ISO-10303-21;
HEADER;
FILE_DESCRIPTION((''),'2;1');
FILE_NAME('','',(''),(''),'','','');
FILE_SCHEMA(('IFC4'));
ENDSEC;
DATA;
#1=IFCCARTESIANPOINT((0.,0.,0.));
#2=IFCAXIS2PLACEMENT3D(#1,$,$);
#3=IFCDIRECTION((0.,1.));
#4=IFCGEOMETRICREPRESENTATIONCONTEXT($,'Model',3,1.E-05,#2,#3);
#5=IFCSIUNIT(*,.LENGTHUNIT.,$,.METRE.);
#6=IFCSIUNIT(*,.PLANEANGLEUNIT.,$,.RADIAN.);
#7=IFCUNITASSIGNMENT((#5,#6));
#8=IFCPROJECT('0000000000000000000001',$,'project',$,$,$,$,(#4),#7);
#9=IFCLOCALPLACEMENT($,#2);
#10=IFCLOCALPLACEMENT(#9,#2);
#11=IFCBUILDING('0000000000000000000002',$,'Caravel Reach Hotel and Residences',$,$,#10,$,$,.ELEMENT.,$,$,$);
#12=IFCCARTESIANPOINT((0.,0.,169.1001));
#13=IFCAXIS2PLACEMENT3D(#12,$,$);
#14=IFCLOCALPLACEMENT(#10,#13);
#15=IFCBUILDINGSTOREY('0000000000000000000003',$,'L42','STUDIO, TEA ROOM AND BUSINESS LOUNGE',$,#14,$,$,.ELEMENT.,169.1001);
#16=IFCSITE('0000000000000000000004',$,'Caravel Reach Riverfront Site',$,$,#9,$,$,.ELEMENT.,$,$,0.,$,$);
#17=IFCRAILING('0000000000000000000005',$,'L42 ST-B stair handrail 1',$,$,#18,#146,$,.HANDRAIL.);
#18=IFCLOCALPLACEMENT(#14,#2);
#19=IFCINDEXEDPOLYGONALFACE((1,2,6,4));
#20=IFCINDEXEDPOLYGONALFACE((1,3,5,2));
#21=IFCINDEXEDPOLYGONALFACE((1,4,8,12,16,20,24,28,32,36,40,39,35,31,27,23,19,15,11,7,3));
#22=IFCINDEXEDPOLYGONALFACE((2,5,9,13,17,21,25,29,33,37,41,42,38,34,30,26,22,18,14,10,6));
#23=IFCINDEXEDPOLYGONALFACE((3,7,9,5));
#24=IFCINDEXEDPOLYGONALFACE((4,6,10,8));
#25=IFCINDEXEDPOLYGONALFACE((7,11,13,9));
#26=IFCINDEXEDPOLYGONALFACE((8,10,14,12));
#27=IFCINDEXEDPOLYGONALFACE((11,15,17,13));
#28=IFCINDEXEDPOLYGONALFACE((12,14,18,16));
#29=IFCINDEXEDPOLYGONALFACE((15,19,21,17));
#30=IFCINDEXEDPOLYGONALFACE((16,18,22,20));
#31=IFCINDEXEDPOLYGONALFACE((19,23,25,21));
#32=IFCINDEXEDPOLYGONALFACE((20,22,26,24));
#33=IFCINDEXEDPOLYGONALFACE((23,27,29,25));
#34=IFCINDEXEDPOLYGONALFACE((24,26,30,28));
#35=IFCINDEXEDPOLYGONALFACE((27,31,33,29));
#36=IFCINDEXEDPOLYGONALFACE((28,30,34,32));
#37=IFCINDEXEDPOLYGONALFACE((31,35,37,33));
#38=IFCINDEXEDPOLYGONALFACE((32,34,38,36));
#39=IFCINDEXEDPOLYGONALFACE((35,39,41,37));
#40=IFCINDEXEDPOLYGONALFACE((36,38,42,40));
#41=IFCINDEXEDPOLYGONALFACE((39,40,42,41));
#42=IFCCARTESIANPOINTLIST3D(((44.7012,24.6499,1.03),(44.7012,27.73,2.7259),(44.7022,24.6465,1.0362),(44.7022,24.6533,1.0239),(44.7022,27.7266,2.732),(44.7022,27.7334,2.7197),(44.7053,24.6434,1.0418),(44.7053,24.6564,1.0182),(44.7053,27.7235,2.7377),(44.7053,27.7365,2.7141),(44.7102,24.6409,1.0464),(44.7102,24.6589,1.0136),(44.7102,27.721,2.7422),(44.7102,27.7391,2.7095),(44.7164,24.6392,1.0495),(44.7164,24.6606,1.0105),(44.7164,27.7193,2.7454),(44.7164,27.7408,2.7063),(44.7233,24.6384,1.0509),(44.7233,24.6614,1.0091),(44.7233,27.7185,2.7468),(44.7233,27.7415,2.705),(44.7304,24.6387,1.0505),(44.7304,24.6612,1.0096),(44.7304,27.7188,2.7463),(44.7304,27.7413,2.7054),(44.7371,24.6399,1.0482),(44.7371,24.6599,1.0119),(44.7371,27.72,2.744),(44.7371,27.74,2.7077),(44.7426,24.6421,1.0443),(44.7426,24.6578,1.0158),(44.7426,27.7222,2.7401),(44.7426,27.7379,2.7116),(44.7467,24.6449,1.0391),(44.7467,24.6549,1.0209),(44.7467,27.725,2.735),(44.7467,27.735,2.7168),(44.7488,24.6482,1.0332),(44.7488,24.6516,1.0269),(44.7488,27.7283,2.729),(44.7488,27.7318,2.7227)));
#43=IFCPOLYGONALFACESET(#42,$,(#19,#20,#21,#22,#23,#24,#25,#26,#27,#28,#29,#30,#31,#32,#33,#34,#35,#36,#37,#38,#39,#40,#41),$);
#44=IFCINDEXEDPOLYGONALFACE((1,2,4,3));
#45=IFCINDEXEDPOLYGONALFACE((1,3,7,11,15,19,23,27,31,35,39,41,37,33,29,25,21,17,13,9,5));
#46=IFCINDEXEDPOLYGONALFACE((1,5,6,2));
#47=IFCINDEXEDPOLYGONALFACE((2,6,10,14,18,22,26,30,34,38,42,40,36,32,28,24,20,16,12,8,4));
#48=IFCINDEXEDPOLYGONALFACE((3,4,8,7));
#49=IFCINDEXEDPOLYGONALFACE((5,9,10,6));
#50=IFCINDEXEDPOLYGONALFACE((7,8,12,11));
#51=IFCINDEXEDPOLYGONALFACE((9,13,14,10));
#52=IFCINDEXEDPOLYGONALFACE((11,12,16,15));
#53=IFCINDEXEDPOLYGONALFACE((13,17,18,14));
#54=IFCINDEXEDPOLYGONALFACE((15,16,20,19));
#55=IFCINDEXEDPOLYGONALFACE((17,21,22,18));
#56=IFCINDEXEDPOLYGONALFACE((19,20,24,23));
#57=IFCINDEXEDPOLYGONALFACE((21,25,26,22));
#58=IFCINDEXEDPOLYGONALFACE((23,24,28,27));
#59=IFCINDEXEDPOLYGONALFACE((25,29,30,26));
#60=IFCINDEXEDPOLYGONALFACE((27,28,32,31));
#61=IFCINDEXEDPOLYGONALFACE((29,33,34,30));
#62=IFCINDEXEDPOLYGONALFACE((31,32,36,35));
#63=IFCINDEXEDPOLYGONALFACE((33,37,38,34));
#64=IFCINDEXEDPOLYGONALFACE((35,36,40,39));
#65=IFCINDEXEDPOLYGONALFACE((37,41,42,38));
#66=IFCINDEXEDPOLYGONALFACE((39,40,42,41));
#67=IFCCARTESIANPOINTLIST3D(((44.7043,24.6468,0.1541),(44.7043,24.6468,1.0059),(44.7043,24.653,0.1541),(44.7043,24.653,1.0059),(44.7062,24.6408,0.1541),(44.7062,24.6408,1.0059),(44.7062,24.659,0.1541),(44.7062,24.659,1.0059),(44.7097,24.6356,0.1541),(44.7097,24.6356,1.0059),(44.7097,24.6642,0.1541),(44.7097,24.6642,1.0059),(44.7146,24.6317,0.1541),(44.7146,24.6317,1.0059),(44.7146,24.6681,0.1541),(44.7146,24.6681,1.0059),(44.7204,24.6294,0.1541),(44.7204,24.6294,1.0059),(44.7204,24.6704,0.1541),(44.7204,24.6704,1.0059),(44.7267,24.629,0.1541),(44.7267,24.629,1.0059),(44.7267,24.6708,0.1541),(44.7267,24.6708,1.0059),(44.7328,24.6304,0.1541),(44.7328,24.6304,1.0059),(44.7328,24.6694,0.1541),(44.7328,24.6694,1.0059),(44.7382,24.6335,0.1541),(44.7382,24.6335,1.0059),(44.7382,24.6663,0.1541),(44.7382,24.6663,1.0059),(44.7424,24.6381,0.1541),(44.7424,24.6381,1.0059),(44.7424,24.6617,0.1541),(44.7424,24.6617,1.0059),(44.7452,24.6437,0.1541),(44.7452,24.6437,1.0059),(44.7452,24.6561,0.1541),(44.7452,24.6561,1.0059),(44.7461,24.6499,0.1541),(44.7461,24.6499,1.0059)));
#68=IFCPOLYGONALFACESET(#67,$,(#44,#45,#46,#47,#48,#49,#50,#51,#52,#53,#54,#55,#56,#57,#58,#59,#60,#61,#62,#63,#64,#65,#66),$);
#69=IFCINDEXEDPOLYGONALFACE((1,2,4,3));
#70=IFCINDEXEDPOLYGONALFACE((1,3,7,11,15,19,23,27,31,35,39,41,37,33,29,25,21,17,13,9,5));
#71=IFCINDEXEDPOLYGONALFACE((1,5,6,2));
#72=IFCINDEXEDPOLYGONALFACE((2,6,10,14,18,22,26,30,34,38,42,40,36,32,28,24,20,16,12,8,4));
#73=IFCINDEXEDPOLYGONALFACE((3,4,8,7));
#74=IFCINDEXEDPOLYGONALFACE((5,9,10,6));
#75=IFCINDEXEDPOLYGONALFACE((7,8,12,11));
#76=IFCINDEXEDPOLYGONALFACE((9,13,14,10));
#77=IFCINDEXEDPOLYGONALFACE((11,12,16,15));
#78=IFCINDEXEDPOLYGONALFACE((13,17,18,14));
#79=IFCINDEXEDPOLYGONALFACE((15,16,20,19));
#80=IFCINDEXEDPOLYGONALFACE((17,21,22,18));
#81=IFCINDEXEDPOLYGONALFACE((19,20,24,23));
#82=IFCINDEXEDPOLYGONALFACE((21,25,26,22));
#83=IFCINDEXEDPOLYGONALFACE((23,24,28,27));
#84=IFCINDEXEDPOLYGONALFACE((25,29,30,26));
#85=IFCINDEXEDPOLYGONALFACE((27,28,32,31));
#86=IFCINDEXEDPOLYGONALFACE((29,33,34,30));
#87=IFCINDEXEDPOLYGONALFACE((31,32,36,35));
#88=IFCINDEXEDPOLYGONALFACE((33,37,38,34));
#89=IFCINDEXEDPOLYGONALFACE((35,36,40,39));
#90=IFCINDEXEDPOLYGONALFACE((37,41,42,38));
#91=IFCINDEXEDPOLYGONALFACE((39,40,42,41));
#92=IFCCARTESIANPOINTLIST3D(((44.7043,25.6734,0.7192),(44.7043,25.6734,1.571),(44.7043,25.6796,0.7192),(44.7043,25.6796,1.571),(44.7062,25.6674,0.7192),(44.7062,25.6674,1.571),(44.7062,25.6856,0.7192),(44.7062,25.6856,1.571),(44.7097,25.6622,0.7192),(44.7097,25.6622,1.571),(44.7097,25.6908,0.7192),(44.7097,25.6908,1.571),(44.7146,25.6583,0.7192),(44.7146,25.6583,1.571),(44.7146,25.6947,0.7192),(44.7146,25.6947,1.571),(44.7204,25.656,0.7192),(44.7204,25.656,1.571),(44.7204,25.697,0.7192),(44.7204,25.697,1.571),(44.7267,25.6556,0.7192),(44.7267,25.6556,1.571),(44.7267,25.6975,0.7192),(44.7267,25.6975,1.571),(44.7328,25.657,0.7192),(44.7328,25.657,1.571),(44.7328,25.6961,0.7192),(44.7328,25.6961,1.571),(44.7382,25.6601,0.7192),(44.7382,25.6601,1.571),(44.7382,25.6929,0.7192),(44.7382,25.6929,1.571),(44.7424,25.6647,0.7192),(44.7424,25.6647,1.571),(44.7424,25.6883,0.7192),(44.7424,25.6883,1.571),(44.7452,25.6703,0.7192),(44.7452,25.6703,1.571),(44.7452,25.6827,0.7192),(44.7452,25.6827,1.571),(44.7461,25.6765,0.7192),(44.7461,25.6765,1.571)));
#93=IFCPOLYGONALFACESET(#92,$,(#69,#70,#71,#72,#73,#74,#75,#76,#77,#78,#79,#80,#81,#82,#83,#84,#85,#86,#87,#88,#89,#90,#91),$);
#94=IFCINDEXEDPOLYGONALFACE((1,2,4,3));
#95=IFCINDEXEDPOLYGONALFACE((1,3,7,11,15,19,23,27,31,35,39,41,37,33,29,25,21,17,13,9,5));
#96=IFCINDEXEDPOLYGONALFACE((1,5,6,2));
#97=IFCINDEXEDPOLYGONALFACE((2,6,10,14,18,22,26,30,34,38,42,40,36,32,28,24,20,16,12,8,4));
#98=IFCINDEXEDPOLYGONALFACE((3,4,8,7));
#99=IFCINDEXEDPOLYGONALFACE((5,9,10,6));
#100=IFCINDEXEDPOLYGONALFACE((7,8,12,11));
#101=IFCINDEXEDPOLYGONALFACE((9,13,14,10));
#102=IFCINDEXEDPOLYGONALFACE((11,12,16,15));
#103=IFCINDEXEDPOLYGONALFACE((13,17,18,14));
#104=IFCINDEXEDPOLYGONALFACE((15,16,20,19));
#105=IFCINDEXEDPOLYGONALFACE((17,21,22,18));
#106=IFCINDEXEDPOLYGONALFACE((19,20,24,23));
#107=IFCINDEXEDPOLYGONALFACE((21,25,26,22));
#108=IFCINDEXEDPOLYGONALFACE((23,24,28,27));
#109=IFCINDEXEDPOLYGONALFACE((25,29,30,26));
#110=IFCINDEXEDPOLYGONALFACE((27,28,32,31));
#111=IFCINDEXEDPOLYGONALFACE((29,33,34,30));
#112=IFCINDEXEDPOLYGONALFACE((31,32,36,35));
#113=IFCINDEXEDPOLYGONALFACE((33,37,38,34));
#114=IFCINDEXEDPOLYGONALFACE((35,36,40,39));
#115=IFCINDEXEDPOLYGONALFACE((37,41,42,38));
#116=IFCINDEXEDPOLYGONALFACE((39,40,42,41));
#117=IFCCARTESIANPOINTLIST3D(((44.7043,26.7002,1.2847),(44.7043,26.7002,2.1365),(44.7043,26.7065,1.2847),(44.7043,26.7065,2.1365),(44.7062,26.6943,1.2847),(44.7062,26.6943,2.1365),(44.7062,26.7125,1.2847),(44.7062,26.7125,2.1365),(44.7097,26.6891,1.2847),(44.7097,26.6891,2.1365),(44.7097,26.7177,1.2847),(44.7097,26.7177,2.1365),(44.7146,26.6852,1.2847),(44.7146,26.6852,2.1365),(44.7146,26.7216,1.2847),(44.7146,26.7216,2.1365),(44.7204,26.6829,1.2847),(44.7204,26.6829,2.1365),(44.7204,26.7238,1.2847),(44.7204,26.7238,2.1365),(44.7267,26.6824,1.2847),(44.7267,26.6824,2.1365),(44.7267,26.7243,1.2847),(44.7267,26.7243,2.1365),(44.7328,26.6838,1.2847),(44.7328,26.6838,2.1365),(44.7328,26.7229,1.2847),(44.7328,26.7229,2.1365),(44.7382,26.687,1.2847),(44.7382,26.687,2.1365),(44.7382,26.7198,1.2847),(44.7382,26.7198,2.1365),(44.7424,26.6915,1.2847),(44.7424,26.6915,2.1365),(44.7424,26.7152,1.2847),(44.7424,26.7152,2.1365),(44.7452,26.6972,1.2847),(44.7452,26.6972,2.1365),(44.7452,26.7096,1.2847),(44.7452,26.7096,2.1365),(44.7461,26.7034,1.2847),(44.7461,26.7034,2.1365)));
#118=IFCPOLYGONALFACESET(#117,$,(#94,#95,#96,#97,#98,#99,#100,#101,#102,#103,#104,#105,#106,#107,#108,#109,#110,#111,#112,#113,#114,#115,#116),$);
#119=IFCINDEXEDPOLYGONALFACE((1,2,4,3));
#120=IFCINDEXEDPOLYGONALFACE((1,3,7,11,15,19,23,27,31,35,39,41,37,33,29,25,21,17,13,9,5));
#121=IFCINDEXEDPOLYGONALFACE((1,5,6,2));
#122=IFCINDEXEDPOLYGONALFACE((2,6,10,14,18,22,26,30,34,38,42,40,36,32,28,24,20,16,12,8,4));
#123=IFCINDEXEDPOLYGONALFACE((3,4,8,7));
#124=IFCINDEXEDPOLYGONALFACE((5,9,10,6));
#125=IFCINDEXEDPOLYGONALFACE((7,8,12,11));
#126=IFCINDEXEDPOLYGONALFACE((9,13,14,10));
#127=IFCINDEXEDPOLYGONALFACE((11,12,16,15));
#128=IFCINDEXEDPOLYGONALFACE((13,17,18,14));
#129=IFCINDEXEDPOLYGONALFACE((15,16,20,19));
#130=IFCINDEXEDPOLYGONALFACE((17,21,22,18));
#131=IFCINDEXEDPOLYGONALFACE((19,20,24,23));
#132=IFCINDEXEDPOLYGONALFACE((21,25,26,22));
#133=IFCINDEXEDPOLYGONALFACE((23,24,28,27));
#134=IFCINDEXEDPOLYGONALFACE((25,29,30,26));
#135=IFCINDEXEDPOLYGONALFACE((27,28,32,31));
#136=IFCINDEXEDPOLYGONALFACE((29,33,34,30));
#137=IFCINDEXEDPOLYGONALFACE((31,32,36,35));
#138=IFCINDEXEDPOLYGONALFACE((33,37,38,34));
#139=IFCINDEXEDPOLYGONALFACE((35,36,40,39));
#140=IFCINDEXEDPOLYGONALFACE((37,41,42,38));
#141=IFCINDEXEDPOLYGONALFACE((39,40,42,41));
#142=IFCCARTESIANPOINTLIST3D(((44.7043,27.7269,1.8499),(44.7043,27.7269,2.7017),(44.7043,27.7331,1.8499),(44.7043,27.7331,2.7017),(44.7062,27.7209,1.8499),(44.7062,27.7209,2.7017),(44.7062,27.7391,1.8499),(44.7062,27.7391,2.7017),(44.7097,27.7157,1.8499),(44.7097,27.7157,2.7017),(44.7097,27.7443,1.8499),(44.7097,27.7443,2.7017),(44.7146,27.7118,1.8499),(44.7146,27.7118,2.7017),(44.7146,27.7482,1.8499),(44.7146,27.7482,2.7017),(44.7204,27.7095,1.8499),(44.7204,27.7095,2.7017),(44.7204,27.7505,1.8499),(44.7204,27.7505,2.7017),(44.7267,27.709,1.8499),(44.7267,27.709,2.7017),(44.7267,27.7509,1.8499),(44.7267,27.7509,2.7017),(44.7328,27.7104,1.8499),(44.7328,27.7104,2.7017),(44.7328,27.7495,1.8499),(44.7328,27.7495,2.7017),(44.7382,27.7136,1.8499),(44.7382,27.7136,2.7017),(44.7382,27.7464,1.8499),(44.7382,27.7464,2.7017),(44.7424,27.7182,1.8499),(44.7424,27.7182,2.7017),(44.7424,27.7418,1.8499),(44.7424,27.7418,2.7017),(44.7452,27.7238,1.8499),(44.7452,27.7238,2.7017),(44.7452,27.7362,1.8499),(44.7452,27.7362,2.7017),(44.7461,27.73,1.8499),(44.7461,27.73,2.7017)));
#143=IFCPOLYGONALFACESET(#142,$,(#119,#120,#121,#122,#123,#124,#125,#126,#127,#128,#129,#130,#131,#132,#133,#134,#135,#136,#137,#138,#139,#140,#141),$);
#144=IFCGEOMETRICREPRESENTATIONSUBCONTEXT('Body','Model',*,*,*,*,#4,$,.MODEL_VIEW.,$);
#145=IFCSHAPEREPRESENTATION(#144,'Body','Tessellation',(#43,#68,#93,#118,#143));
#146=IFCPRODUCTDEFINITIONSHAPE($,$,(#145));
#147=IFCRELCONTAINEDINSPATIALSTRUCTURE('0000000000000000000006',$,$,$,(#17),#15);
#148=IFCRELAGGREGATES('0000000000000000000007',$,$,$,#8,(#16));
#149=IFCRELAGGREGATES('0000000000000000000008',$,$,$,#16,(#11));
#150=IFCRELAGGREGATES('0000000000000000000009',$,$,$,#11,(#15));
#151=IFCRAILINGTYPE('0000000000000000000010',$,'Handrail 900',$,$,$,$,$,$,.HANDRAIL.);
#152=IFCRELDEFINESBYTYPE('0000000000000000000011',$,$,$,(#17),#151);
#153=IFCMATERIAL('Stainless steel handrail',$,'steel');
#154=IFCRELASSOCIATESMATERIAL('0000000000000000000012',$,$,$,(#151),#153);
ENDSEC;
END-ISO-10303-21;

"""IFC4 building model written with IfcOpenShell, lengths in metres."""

from ifc_helpers import new_model, si_unit, direction, frame, origin, origin_2d, place, context, subcontext, project, spatial, circle, extrude, material, type_object, element, save


model = new_model("IFC4")

# Units and contexts
model_context = context("Model", 3, precision=1e-05, world=origin(), true_north=direction((0.0, 1.0)))
body_context = subcontext(model_context, "Body", "Model", "MODEL_VIEW")
ifc_project = project(units=[si_unit("LENGTHUNIT", "METRE"), si_unit("PLANEANGLEUNIT", "RADIAN")], contexts=[model_context])

# Site, building, storey
site_placement = place(None, origin())
site = spatial("IfcSite", under=ifc_project, at=site_placement, Name="Caravel Reach Riverfront Site", CompositionType="ELEMENT", RefElevation=0.0)
building_placement = place(site_placement, origin())
building = spatial("IfcBuilding", under=site, at=building_placement, Name="Caravel Reach Hotel and Residences", CompositionType="ELEMENT")
storey_placement = place(building_placement, frame((0.0, 0.0, 169.1001)))
storey = spatial("IfcBuildingStorey", under=building, at=storey_placement, Name="L42", Description="STUDIO, TEA ROOM AND BUSINESS LOUNGE", CompositionType="ELEMENT", Elevation=169.1001)

# Railing
ifc_material_1 = material(Name="Stainless steel handrail", Category="steel")
railing_type_1 = type_object("IfcRailingType", Name="Handrail 900", PredefinedType="HANDRAIL", material=ifc_material_1)
railing_1_placement = place(storey_placement, frame((44.7251, 24.6499, 0.1541)))
element("IfcRailing", 1, at=railing_1_placement, inside=storey, type_object=railing_type_1, Name="L42 ST-B stair handrail 1", PredefinedType="HANDRAIL", context=body_context, shape_type="SweptSolid", body=[
    extrude(circle(Radius=0.0239, at=origin_2d()), frame((0.0, 0.0, 0.876), z_axis=(0.0, 0.876005, 0.482303), x_axis=(-1.0, 0.0, 0.0)), (0.0, 0.0, 1.0), 3.5161),
    extrude(circle(Radius=0.021, at=origin_2d()), origin(), (0.0, 0.0, 1.0), 0.8518),
    extrude(circle(Radius=0.021, at=origin_2d()), frame((0.0, 1.0266, 0.5652)), (0.0, 0.0, 1.0), 0.8518),
    extrude(circle(Radius=0.021, at=origin_2d()), frame((0.0, 2.0535, 1.1306)), (0.0, 0.0, 1.0), 0.8518),
    extrude(circle(Radius=0.021, at=origin_2d()), frame((0.0, 3.0801, 1.6958)), (0.0, 0.0, 1.0), 0.8518),
])

save(model, "model.ifc")
